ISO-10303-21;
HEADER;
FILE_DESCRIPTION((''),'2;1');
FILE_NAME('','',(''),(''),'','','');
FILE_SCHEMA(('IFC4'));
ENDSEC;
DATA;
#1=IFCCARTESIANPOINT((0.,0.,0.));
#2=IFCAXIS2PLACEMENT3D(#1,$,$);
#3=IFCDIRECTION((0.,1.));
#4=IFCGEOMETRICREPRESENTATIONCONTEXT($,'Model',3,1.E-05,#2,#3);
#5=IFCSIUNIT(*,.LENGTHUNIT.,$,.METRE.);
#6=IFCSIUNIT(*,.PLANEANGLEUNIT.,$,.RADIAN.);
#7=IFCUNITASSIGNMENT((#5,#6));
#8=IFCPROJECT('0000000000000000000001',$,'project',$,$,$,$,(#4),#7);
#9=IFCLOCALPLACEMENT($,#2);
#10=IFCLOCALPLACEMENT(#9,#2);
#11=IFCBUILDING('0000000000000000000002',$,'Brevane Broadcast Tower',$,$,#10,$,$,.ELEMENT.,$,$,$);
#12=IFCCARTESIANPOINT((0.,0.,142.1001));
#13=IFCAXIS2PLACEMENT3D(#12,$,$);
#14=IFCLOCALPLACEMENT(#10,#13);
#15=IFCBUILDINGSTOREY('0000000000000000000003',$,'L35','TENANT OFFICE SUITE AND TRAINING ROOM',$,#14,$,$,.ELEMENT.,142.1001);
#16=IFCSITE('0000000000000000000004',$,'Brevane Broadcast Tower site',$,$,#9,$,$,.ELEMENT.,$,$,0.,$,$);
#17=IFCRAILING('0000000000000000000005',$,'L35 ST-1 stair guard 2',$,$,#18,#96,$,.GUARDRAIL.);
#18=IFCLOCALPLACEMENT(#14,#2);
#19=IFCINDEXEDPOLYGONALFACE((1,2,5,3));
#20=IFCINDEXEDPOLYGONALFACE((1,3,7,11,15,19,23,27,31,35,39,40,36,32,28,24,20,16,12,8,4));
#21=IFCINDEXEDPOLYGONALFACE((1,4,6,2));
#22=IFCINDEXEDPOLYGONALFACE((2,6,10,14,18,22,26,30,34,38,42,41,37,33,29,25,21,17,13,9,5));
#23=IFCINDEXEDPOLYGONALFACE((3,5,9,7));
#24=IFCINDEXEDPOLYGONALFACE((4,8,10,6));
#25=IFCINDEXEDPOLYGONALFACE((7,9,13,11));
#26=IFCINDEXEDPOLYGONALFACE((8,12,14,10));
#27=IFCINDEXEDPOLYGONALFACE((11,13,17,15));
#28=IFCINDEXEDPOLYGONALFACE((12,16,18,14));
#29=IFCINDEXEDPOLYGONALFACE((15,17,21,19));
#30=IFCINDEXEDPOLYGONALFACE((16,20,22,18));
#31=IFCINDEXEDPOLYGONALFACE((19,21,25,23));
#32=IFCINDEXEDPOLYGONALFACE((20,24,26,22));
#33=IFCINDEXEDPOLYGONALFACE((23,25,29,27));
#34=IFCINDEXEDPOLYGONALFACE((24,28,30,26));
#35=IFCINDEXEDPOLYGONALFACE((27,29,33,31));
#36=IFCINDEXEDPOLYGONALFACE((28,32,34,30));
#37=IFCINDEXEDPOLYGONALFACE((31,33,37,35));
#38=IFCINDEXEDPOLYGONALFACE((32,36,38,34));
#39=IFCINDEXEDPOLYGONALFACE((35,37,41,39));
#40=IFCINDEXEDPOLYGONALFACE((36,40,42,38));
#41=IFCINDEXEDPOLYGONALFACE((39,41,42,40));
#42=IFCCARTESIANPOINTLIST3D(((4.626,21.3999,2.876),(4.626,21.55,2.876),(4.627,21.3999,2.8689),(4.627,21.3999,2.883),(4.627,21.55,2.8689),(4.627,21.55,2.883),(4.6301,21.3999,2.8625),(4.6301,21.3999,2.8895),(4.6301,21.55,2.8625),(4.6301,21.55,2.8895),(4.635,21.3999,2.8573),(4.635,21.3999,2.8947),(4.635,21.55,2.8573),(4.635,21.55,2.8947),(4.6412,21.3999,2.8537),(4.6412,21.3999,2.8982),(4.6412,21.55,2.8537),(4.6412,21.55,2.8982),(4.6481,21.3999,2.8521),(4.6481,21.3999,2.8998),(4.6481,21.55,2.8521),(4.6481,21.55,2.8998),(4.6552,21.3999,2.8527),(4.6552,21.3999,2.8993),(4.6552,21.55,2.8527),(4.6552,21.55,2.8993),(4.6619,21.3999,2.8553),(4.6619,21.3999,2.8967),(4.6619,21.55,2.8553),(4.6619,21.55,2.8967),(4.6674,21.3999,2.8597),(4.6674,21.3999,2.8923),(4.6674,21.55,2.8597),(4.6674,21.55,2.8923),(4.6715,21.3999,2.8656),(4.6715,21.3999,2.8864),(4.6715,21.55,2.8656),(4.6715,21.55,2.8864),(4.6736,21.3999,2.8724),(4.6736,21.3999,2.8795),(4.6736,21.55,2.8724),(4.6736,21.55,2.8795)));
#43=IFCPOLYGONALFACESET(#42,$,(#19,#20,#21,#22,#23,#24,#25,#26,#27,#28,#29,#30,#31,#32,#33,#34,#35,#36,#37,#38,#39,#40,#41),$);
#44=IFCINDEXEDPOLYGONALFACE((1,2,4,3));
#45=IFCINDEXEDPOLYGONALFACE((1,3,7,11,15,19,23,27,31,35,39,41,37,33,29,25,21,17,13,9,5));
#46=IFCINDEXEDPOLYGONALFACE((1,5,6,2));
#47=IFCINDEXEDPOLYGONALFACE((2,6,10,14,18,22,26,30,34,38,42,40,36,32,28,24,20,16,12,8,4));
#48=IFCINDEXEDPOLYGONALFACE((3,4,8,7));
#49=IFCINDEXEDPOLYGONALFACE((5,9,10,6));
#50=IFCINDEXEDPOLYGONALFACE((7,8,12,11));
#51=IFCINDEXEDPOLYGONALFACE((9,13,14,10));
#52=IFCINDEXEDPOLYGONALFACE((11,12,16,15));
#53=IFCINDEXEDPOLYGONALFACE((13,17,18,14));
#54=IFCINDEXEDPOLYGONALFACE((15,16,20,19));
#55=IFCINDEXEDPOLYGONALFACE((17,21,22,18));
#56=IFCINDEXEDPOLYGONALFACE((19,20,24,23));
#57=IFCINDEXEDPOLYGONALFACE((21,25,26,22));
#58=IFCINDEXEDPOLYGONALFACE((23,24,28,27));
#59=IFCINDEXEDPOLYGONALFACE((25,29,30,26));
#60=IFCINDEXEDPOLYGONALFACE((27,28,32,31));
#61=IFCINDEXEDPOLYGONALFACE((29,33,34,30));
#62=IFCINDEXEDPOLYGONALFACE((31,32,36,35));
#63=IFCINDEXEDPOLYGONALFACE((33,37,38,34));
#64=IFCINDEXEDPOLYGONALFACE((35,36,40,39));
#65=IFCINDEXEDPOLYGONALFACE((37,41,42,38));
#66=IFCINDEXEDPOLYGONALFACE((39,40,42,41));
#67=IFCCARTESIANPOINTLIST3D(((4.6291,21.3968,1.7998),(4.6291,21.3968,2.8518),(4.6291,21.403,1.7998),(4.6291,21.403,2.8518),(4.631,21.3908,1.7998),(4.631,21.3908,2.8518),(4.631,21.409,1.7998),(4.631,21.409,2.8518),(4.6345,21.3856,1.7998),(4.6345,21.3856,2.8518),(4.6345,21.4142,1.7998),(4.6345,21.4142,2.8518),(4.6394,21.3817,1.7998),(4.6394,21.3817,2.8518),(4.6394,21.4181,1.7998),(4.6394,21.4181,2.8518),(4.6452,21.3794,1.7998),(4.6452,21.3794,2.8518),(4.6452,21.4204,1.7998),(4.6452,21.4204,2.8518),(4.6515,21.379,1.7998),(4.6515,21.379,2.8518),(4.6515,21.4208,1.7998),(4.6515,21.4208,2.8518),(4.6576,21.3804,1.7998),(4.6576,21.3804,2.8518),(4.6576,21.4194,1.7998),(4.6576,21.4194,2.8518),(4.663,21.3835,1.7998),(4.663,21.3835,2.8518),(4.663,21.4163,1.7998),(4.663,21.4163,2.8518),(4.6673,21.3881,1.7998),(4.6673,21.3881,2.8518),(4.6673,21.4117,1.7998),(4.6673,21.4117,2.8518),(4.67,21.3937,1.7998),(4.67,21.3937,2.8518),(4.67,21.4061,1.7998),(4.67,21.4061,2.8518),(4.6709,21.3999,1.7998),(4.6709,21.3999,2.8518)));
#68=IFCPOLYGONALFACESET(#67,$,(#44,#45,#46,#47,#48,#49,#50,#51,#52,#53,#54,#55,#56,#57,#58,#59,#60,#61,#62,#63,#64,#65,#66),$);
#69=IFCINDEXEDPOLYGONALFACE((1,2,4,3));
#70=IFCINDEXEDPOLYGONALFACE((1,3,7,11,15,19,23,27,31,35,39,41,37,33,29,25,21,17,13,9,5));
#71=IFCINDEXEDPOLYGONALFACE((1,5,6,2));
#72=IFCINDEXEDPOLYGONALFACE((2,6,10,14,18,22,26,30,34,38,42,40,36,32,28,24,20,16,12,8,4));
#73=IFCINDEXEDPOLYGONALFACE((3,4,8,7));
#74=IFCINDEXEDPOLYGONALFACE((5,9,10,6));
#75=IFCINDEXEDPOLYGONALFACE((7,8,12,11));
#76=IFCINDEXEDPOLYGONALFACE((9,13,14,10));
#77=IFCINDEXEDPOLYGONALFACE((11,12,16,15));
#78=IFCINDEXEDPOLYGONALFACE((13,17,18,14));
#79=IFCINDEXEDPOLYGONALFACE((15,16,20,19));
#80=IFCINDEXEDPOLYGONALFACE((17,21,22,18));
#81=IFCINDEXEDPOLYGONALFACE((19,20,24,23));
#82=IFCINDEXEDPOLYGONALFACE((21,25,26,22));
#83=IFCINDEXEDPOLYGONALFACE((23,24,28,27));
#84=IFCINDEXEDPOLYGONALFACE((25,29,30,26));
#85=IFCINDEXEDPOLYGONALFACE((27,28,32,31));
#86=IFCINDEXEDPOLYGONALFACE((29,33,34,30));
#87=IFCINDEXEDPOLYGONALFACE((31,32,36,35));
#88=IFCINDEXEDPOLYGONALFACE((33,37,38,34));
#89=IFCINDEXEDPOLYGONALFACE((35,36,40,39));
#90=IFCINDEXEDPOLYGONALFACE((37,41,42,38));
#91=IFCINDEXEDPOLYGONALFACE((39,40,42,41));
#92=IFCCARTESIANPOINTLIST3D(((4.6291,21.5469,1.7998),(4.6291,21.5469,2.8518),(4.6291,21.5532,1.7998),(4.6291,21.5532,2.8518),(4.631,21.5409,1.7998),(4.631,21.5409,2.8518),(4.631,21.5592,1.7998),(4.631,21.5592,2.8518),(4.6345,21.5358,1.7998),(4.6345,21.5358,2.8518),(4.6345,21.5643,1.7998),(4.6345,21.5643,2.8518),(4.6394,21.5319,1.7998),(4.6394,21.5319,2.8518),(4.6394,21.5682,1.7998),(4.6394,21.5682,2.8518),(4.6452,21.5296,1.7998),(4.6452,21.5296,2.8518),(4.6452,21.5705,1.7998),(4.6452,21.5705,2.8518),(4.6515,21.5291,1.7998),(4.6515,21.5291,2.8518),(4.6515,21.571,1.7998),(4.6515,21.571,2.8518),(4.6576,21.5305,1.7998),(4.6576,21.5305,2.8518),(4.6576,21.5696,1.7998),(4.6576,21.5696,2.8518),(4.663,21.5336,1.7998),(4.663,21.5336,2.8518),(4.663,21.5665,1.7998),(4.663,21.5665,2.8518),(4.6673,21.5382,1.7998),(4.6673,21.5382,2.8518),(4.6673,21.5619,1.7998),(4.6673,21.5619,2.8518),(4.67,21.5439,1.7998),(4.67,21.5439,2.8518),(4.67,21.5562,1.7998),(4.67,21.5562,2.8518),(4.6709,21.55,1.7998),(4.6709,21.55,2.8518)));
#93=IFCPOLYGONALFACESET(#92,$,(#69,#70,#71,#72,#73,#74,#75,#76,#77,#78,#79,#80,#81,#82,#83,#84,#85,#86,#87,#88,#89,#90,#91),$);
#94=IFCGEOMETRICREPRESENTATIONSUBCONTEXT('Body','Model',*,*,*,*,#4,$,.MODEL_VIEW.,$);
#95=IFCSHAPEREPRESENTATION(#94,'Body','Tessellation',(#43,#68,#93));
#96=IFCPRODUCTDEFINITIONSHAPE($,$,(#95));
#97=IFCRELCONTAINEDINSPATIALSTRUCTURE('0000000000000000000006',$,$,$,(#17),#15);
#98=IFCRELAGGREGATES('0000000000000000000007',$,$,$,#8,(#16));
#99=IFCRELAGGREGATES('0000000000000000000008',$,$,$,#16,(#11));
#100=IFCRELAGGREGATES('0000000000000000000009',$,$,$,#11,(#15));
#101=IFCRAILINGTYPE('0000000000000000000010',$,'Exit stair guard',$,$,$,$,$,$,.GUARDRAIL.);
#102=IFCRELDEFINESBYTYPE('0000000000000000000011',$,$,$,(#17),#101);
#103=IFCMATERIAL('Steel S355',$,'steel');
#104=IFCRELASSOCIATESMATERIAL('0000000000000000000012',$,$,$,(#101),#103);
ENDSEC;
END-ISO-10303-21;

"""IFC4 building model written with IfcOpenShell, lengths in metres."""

from ifc_helpers import new_model, si_unit, direction, frame, origin, origin_2d, place, context, subcontext, project, spatial, circle, extrude, material, type_object, element, save


model = new_model("IFC4")

# Units and contexts
model_context = context("Model", 3, precision=1e-05, world=origin(), true_north=direction((0.0, 1.0)))
body_context = subcontext(model_context, "Body", "Model", "MODEL_VIEW")
ifc_project = project(units=[si_unit("LENGTHUNIT", "METRE"), si_unit("PLANEANGLEUNIT", "RADIAN")], contexts=[model_context])

# Site, building, storey
site_placement = place(None, origin())
site = spatial("IfcSite", under=ifc_project, at=site_placement, Name="Brevane Broadcast Tower site", CompositionType="ELEMENT", RefElevation=0.0)
building_placement = place(site_placement, origin())
building = spatial("IfcBuilding", under=site, at=building_placement, Name="Brevane Broadcast Tower", CompositionType="ELEMENT")
storey_placement = place(building_placement, frame((0.0, 0.0, 142.1001)))
storey = spatial("IfcBuildingStorey", under=building, at=storey_placement, Name="L35", Description="TENANT OFFICE SUITE AND TRAINING ROOM", CompositionType="ELEMENT", Elevation=142.1001)

# Railing
ifc_material_1 = material(Name="Steel S355", Category="steel")
railing_type_1 = type_object("IfcRailingType", Name="Exit stair guard", PredefinedType="GUARDRAIL", material=ifc_material_1)
railing_1_placement = place(storey_placement, frame((4.6499, 21.3999, 1.7998)))
element("IfcRailing", 1, at=railing_1_placement, inside=storey, type_object=railing_type_1, Name="L35 ST-1 stair guard 2", PredefinedType="GUARDRAIL", context=body_context, shape_type="SweptSolid", body=[
    extrude(circle(Radius=0.0239, at=origin_2d()), frame((0.0, 0.0, 1.0762), z_axis=(0.0, 1.0, 0.0), x_axis=(-1.0, 0.0, 0.0)), (0.0, 0.0, 1.0), 0.1501),
    extrude(circle(Radius=0.021, at=origin_2d()), origin(), (0.0, 0.0, 1.0), 1.052),
    extrude(circle(Radius=0.021, at=origin_2d()), frame((0.0, 0.1501, 0.0)), (0.0, 0.0, 1.0), 1.052),
])

save(model, "model.ifc")
